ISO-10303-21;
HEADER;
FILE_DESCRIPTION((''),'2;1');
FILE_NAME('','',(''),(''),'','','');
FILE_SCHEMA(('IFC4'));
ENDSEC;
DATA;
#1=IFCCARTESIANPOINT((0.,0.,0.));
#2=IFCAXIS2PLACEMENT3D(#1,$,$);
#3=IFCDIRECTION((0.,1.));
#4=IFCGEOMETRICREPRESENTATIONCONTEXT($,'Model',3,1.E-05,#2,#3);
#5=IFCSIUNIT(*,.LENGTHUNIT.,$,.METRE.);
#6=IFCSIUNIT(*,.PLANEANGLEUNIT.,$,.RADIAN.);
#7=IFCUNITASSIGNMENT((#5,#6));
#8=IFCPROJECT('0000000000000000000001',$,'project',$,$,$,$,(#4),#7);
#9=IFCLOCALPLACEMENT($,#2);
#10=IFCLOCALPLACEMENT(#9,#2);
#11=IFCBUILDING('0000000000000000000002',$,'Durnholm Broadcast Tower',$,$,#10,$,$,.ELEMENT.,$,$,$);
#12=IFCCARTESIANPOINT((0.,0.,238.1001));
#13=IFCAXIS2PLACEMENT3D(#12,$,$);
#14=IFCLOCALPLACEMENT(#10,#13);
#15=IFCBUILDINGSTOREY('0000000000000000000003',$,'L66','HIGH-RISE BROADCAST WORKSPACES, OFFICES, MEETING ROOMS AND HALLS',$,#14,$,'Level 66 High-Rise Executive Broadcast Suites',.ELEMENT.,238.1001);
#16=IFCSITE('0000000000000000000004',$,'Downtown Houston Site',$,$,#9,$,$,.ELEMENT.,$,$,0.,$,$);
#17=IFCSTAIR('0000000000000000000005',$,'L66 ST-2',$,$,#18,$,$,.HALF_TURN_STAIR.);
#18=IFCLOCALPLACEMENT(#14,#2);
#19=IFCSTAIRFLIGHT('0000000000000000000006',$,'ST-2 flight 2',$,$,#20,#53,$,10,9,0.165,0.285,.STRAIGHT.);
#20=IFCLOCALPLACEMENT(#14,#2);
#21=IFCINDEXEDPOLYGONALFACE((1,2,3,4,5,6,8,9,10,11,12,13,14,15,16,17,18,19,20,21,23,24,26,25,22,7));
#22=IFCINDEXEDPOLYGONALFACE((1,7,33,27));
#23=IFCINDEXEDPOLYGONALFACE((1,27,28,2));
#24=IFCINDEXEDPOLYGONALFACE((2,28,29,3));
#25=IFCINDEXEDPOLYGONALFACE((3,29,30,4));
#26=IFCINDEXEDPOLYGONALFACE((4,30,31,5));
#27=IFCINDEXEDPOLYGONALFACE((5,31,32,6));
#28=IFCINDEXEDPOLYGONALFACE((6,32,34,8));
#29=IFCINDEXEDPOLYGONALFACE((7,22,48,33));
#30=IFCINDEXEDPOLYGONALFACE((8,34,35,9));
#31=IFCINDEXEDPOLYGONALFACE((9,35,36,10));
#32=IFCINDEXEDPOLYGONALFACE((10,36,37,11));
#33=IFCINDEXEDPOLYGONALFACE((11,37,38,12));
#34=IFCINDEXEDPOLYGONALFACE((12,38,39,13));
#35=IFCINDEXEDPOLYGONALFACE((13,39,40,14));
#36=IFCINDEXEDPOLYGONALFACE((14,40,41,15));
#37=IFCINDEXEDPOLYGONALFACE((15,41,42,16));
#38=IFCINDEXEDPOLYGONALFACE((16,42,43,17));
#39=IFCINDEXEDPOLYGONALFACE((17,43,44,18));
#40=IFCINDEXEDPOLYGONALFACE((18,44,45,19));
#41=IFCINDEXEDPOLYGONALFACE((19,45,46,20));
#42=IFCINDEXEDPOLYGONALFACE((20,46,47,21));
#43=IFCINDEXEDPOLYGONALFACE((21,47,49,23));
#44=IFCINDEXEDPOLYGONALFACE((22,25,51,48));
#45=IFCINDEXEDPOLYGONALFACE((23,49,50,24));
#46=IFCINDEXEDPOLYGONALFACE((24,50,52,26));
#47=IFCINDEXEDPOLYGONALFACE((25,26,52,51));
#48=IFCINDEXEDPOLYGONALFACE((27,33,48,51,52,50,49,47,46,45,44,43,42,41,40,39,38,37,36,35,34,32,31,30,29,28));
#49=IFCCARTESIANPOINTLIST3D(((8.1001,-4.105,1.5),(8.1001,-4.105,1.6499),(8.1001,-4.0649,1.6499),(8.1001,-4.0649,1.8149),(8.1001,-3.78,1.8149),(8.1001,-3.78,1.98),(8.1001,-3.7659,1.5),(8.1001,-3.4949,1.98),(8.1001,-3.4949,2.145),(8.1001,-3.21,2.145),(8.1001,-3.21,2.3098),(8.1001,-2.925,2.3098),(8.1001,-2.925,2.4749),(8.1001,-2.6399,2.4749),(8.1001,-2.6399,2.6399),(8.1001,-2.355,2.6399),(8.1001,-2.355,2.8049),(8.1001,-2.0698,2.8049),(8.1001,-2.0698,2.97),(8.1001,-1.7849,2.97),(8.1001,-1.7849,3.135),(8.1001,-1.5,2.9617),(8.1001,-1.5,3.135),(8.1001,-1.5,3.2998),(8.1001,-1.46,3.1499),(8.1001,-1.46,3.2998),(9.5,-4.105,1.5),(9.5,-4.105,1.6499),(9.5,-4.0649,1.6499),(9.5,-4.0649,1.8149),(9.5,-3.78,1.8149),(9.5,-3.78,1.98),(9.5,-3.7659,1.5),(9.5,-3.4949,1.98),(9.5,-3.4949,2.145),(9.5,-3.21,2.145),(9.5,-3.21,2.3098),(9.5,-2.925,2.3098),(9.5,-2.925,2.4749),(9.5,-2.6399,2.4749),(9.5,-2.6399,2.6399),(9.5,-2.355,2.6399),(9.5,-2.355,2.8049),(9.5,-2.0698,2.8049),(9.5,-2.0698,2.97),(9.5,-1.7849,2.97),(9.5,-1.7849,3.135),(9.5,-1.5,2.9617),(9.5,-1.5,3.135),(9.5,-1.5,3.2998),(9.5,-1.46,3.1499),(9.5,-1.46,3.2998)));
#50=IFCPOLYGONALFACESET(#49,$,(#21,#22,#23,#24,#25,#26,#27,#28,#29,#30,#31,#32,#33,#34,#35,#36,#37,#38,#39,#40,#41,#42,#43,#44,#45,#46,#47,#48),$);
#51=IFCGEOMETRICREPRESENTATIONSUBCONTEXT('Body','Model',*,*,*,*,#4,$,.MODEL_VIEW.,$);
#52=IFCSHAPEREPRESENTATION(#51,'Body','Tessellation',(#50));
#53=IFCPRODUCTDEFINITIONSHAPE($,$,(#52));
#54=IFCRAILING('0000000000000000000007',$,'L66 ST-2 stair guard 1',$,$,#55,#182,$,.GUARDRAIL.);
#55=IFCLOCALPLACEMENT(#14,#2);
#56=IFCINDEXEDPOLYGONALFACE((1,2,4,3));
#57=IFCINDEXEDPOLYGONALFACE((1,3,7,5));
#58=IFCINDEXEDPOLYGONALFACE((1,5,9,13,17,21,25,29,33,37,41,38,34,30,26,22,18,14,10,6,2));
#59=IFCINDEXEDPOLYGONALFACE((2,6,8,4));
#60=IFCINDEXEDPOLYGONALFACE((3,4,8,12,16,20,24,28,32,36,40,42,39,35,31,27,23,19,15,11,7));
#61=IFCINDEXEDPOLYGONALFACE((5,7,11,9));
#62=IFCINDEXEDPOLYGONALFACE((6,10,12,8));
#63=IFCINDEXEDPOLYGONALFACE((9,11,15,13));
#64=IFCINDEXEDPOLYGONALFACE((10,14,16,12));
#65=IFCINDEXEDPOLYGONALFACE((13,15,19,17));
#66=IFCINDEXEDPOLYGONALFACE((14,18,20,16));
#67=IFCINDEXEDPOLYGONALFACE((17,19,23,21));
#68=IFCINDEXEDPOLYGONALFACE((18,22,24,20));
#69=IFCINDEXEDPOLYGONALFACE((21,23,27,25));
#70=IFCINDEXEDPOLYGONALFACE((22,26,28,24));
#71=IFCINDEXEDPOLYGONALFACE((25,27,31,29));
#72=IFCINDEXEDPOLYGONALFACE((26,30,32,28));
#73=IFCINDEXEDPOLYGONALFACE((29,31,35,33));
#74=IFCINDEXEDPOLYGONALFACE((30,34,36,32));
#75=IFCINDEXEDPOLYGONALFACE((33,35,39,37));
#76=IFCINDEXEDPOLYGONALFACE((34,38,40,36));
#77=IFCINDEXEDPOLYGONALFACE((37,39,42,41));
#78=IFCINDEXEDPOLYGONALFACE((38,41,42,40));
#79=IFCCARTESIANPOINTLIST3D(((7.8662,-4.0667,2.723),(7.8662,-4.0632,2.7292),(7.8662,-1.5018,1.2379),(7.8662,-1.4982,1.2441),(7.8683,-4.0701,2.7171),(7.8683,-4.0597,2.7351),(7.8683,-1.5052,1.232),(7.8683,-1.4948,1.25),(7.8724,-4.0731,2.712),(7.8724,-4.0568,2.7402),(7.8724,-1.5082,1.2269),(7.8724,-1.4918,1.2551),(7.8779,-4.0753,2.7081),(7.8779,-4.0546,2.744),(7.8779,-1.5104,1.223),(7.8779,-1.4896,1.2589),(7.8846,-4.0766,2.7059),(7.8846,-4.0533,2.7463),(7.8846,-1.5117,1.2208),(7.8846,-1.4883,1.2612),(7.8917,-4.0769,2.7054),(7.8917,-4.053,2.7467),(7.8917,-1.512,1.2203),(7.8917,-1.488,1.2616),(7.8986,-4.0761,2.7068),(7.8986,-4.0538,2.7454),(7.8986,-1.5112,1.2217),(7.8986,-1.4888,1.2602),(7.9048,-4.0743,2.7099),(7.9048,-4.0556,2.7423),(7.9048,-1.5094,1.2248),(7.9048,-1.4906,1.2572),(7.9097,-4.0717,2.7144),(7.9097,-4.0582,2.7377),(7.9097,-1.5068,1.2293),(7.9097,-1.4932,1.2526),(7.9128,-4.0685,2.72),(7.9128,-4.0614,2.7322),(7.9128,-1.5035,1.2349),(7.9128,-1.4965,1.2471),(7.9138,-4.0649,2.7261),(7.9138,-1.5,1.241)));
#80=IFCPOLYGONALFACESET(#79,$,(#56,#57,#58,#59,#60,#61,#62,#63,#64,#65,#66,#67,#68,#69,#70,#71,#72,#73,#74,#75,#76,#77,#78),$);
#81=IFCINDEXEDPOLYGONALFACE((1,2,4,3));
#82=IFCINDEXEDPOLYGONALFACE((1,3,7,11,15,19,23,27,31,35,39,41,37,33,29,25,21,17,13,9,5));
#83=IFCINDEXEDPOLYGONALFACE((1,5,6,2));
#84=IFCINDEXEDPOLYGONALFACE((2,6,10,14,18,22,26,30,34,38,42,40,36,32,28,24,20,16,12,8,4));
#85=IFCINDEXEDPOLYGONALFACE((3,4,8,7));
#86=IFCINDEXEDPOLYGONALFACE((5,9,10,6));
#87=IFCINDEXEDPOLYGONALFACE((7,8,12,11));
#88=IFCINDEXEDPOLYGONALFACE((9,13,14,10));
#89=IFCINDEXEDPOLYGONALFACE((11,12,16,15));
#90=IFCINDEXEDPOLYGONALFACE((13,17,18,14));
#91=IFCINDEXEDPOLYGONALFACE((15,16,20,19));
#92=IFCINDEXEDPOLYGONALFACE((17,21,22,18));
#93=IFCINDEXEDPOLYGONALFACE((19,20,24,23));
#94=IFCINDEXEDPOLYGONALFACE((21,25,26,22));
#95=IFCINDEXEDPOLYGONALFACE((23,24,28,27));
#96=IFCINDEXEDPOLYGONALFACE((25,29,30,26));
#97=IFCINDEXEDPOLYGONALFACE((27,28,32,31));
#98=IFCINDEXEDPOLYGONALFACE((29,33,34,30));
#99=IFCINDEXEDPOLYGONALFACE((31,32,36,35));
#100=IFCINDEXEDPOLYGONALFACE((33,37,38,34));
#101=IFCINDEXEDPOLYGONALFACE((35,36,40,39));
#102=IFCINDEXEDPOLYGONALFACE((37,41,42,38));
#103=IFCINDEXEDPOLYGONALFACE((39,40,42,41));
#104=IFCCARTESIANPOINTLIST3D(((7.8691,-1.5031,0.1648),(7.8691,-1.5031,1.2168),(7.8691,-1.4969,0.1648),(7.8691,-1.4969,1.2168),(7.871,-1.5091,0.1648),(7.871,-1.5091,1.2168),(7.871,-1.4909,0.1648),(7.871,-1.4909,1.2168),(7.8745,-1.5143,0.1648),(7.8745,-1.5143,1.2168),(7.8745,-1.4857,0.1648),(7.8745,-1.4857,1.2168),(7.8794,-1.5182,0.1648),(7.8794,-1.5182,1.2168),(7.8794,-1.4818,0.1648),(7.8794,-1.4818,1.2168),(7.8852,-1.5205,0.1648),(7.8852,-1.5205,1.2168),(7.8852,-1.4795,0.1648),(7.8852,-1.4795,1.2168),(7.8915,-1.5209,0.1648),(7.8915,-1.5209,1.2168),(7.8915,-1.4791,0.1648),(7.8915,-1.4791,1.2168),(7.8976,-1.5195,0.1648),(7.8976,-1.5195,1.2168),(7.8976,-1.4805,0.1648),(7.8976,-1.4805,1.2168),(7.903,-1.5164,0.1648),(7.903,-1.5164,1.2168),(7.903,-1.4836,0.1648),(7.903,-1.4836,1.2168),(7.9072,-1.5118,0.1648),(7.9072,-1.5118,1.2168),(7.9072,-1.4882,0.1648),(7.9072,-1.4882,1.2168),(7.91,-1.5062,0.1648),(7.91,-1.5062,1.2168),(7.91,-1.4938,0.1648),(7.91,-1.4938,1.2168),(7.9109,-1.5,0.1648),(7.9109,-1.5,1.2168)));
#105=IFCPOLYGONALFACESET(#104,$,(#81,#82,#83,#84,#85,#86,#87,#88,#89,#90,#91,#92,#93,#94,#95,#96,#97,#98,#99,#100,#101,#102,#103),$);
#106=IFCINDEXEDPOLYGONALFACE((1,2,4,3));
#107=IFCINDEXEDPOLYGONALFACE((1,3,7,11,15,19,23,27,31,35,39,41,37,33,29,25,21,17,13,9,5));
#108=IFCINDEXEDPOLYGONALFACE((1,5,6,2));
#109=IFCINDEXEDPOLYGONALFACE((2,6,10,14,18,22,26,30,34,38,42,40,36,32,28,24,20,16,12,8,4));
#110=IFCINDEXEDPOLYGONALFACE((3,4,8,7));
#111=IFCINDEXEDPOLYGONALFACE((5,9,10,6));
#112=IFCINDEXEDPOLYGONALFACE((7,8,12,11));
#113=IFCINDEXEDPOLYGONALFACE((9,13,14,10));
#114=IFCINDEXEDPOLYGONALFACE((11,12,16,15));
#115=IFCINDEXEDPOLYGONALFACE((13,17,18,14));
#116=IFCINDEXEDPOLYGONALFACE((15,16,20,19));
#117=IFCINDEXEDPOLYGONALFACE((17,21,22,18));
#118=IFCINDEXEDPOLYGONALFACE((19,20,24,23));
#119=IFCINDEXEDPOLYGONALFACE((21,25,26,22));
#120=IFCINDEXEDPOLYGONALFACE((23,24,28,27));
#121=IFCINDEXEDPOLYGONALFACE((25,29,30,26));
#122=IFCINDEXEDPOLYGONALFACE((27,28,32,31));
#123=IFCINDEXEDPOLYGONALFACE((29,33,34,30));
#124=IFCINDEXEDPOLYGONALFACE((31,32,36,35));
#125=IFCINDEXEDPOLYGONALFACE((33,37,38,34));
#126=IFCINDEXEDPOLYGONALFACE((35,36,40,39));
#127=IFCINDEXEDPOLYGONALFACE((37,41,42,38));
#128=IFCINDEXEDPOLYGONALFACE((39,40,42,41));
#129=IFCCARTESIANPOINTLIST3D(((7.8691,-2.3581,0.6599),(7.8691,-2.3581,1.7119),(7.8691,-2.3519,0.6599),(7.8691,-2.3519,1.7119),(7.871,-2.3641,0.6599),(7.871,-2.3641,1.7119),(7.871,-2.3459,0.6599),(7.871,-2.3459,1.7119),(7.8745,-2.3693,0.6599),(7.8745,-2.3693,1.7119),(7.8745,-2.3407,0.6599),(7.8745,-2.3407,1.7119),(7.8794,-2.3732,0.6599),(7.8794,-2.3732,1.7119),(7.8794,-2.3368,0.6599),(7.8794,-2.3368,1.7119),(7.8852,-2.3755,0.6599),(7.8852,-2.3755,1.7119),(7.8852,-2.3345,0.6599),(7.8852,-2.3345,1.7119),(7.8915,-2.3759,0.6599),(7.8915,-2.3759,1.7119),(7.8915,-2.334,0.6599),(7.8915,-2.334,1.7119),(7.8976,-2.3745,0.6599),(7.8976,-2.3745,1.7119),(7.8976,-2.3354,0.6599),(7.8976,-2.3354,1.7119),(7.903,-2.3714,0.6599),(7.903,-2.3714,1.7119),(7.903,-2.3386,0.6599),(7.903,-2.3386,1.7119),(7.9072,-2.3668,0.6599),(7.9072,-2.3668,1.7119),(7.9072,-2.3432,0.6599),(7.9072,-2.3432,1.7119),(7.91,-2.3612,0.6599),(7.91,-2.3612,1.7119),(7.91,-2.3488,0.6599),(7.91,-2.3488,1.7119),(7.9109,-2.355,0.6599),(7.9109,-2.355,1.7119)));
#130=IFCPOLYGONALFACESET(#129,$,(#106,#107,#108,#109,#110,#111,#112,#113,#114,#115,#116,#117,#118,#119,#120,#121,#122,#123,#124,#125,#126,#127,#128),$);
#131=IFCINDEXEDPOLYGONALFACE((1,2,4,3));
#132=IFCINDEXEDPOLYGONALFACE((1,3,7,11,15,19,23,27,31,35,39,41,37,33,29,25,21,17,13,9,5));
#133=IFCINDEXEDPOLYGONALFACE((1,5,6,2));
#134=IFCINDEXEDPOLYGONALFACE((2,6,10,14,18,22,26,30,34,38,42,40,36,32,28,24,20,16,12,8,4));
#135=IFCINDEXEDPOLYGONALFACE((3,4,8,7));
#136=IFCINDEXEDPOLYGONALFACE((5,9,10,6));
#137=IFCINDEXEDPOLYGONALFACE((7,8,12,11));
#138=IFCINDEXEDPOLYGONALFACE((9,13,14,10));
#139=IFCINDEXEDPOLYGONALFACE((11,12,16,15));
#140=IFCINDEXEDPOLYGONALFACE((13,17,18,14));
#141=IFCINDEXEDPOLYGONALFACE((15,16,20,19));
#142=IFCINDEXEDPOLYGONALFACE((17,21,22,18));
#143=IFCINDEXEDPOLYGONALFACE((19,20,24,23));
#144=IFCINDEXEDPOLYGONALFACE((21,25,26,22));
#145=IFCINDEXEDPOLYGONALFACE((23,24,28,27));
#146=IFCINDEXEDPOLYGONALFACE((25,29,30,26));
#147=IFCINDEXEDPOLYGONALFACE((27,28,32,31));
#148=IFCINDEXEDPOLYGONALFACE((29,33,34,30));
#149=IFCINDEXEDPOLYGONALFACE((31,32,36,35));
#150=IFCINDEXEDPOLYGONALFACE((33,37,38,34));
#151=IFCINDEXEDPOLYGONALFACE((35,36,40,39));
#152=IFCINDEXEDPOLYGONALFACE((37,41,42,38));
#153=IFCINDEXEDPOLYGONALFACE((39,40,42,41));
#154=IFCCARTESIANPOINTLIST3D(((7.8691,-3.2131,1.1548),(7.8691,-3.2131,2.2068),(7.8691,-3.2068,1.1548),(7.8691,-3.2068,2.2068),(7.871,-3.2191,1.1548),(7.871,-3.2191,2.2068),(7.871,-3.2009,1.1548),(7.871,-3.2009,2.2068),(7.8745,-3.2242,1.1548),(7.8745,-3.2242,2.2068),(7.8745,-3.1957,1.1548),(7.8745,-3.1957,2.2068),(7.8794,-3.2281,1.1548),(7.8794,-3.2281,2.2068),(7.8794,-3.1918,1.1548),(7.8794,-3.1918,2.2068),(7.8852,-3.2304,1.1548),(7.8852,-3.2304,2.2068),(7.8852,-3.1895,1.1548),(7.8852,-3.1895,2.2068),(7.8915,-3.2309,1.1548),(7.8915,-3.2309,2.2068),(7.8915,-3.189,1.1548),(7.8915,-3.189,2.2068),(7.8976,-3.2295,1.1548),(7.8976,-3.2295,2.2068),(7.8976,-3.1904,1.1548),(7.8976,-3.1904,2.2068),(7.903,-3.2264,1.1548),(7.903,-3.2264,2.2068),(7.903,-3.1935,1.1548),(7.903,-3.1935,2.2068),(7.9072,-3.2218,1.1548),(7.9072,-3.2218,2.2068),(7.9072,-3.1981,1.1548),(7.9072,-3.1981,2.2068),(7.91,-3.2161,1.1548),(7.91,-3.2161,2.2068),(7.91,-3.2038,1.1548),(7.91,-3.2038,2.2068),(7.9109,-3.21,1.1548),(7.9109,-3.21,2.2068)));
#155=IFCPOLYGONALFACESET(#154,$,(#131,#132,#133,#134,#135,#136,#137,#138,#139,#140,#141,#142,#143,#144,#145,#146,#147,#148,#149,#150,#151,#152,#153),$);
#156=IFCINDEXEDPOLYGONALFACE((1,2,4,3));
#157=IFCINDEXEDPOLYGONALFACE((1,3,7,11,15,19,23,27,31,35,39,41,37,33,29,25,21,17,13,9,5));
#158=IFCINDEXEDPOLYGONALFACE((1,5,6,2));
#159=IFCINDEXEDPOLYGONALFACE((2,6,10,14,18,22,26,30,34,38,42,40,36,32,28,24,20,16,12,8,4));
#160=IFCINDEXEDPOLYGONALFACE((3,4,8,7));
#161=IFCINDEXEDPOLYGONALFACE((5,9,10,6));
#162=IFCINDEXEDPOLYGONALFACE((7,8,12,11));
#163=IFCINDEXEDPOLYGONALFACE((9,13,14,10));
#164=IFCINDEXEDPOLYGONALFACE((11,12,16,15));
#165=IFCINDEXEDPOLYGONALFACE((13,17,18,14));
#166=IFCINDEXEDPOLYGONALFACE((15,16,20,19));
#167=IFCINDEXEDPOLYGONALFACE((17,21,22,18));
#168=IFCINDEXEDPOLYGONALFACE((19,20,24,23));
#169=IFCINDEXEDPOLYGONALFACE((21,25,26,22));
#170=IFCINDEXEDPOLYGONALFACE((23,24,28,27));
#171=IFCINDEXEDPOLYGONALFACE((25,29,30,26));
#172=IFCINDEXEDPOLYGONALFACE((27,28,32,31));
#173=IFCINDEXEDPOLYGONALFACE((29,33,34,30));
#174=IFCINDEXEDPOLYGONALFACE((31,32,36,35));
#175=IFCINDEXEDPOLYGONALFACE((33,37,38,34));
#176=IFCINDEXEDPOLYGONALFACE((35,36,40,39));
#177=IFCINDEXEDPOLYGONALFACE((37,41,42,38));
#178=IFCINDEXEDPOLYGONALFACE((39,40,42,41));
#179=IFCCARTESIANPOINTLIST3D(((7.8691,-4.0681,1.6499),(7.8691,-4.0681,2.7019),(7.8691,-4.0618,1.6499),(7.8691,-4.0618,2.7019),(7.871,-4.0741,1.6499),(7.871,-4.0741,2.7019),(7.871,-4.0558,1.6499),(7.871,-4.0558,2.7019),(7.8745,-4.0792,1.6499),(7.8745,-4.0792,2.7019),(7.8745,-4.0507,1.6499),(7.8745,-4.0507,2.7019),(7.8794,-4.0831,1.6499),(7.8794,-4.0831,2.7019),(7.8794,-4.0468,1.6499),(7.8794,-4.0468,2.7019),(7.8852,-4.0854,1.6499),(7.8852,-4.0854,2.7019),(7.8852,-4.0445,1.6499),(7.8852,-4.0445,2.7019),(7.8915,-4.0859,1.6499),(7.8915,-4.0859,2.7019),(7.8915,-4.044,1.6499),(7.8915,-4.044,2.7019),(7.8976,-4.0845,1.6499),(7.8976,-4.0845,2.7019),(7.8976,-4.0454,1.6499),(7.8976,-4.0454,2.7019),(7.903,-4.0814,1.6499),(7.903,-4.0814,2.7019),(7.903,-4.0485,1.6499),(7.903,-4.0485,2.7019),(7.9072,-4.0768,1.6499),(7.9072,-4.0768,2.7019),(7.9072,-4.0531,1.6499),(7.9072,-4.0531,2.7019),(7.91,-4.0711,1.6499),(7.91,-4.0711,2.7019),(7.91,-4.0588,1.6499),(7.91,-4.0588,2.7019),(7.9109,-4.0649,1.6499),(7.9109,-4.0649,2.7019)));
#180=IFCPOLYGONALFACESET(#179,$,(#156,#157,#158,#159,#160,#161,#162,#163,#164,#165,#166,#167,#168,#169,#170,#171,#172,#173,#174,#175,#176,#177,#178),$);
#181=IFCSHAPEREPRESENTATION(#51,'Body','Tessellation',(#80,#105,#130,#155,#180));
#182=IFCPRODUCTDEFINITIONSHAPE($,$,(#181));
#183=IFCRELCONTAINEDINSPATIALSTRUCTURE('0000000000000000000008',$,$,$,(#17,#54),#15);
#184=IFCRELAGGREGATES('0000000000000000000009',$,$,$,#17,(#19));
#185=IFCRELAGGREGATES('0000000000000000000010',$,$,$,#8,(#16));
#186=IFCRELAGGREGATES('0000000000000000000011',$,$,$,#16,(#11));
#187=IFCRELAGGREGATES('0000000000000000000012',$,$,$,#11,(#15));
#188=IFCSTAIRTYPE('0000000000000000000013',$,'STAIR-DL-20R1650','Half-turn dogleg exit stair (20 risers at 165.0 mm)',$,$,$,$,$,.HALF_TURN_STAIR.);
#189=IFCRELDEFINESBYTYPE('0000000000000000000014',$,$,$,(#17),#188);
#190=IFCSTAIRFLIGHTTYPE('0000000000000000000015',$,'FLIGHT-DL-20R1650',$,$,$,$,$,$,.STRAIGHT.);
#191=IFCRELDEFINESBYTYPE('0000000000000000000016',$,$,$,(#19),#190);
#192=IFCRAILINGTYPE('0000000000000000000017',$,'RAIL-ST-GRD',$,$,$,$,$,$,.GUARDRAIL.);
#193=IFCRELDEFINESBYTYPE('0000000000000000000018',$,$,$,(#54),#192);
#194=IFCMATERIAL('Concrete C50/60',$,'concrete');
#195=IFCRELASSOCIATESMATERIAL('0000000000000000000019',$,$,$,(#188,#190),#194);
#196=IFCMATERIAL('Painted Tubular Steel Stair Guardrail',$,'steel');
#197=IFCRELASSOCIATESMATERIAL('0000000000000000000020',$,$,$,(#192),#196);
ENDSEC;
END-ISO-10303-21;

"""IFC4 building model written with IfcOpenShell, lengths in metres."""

from ifc_helpers import new_model, si_unit, direction, frame, origin, origin_2d, place, context, subcontext, project, spatial, polyline, circle, outline, extrude, material, type_object, element, aggregate, save


model = new_model("IFC4")

# Units and contexts
model_context = context("Model", 3, precision=1e-05, world=origin(), true_north=direction((0.0, 1.0)))
body_context = subcontext(model_context, "Body", "Model", "MODEL_VIEW")
ifc_project = project(units=[si_unit("LENGTHUNIT", "METRE"), si_unit("PLANEANGLEUNIT", "RADIAN")], contexts=[model_context])

# Site, building, storey
site_placement = place(None, origin())
site = spatial("IfcSite", under=ifc_project, at=site_placement, Name="Downtown Houston Site", CompositionType="ELEMENT", RefElevation=0.0)
building_placement = place(site_placement, origin())
building = spatial("IfcBuilding", under=site, at=building_placement, Name="Durnholm Broadcast Tower", CompositionType="ELEMENT")
storey_placement = place(building_placement, frame((0.0, 0.0, 238.1001)))
storey = spatial("IfcBuildingStorey", under=building, at=storey_placement, Name="L66", Description="HIGH-RISE BROADCAST WORKSPACES, OFFICES, MEETING ROOMS AND HALLS", LongName="Level 66 High-Rise Executive Broadcast Suites", CompositionType="ELEMENT", Elevation=238.1001)

# Shared definitions
ifc_material_1 = material(Name="Concrete C50/60", Category="concrete")

# Stair, stair flight
stair_type = type_object("IfcStairType", Name="STAIR-DL-20R1650", Description="Half-turn dogleg exit stair (20 risers at 165.0 mm)", PredefinedType="HALF_TURN_STAIR", material=ifc_material_1)
stair_placement = place(storey_placement, origin())
stair = element("IfcStair", 1, at=stair_placement, inside=storey, type_object=stair_type, Name="L66 ST-2", PredefinedType="HALF_TURN_STAIR")
stair_flight_type = type_object("IfcStairFlightType", Name="FLIGHT-DL-20R1650", PredefinedType="STRAIGHT", material=ifc_material_1)
stair_flight_1_placement = place(storey_placement, frame((8.8, -4.0649, 1.6499), z_axis=(0.0, 0.0, 1.0), x_axis=(0.0, 1.0, 0.0)))
stair_flight_1 = element("IfcStairFlight", 2, at=stair_flight_1_placement, type_object=stair_flight_type, Name="ST-2 flight 2", NumberOfRisers=10, NumberOfTreads=9, PredefinedType="STRAIGHT", RiserHeight=0.165, TreadLength=0.285, context=body_context, shape_type="SweptSolid", body=[
    extrude(outline(polyline([(-0.04, -0.1499), (-0.04, 0.0), (0.0, 0.0), (0.0, 0.165), (0.2849, 0.165), (0.2849, 0.3301), (0.5701, 0.3301), (0.5701, 0.4951), (0.855, 0.4951), (0.855, 0.6599), (1.1399, 0.6599), (1.1399, 0.825), (1.425, 0.825), (1.425, 0.99), (1.71, 0.99), (1.71, 1.155), (1.9951, 1.155), (1.9951, 1.3201), (2.28, 1.3201), (2.28, 1.4851), (2.5649, 1.4851), (2.5649, 1.6499), (2.605, 1.6499), (2.605, 1.5), (2.5649, 1.3118), (0.2991, -0.1499), (-0.04, -0.1499)])), frame((0.0, 0.7, 0.0), z_axis=(0.0, -1.0, 0.0), x_axis=(1.0, 0.0, 0.0)), (0.0, 0.0, 1.0), 1.3999),
])
aggregate(stair, [stair_flight_1])

# Railing
ifc_material_2 = material(Name="Painted Tubular Steel Stair Guardrail", Category="steel")
railing_type_1 = type_object("IfcRailingType", Name="RAIL-ST-GRD", PredefinedType="GUARDRAIL", material=ifc_material_2)
railing_1_placement = place(storey_placement, frame((7.8899, -1.5, 0.1648)))
element("IfcRailing", 3, at=railing_1_placement, inside=storey, type_object=railing_type_1, Name="L66 ST-2 stair guard 1", PredefinedType="GUARDRAIL", context=body_context, shape_type="SweptSolid", body=[
    extrude(circle(Radius=0.0239, at=origin_2d()), frame((0.0, 0.0, 1.0762), z_axis=(0.0, -0.865406, 0.501072), x_axis=(1.0, 0.0, 0.0)), (0.0, 0.0, 1.0), 2.9639),
    extrude(circle(Radius=0.021, at=origin_2d()), origin(), (0.0, 0.0, 1.0), 1.052),
    extrude(circle(Radius=0.021, at=origin_2d()), frame((0.0, -0.855, 0.4951)), (0.0, 0.0, 1.0), 1.052),
    extrude(circle(Radius=0.021, at=origin_2d()), frame((0.0, -1.71, 0.99)), (0.0, 0.0, 1.0), 1.052),
    extrude(circle(Radius=0.021, at=origin_2d()), frame((0.0, -2.5649, 1.4851)), (0.0, 0.0, 1.0), 1.052),
])

save(model, "model.ifc")
